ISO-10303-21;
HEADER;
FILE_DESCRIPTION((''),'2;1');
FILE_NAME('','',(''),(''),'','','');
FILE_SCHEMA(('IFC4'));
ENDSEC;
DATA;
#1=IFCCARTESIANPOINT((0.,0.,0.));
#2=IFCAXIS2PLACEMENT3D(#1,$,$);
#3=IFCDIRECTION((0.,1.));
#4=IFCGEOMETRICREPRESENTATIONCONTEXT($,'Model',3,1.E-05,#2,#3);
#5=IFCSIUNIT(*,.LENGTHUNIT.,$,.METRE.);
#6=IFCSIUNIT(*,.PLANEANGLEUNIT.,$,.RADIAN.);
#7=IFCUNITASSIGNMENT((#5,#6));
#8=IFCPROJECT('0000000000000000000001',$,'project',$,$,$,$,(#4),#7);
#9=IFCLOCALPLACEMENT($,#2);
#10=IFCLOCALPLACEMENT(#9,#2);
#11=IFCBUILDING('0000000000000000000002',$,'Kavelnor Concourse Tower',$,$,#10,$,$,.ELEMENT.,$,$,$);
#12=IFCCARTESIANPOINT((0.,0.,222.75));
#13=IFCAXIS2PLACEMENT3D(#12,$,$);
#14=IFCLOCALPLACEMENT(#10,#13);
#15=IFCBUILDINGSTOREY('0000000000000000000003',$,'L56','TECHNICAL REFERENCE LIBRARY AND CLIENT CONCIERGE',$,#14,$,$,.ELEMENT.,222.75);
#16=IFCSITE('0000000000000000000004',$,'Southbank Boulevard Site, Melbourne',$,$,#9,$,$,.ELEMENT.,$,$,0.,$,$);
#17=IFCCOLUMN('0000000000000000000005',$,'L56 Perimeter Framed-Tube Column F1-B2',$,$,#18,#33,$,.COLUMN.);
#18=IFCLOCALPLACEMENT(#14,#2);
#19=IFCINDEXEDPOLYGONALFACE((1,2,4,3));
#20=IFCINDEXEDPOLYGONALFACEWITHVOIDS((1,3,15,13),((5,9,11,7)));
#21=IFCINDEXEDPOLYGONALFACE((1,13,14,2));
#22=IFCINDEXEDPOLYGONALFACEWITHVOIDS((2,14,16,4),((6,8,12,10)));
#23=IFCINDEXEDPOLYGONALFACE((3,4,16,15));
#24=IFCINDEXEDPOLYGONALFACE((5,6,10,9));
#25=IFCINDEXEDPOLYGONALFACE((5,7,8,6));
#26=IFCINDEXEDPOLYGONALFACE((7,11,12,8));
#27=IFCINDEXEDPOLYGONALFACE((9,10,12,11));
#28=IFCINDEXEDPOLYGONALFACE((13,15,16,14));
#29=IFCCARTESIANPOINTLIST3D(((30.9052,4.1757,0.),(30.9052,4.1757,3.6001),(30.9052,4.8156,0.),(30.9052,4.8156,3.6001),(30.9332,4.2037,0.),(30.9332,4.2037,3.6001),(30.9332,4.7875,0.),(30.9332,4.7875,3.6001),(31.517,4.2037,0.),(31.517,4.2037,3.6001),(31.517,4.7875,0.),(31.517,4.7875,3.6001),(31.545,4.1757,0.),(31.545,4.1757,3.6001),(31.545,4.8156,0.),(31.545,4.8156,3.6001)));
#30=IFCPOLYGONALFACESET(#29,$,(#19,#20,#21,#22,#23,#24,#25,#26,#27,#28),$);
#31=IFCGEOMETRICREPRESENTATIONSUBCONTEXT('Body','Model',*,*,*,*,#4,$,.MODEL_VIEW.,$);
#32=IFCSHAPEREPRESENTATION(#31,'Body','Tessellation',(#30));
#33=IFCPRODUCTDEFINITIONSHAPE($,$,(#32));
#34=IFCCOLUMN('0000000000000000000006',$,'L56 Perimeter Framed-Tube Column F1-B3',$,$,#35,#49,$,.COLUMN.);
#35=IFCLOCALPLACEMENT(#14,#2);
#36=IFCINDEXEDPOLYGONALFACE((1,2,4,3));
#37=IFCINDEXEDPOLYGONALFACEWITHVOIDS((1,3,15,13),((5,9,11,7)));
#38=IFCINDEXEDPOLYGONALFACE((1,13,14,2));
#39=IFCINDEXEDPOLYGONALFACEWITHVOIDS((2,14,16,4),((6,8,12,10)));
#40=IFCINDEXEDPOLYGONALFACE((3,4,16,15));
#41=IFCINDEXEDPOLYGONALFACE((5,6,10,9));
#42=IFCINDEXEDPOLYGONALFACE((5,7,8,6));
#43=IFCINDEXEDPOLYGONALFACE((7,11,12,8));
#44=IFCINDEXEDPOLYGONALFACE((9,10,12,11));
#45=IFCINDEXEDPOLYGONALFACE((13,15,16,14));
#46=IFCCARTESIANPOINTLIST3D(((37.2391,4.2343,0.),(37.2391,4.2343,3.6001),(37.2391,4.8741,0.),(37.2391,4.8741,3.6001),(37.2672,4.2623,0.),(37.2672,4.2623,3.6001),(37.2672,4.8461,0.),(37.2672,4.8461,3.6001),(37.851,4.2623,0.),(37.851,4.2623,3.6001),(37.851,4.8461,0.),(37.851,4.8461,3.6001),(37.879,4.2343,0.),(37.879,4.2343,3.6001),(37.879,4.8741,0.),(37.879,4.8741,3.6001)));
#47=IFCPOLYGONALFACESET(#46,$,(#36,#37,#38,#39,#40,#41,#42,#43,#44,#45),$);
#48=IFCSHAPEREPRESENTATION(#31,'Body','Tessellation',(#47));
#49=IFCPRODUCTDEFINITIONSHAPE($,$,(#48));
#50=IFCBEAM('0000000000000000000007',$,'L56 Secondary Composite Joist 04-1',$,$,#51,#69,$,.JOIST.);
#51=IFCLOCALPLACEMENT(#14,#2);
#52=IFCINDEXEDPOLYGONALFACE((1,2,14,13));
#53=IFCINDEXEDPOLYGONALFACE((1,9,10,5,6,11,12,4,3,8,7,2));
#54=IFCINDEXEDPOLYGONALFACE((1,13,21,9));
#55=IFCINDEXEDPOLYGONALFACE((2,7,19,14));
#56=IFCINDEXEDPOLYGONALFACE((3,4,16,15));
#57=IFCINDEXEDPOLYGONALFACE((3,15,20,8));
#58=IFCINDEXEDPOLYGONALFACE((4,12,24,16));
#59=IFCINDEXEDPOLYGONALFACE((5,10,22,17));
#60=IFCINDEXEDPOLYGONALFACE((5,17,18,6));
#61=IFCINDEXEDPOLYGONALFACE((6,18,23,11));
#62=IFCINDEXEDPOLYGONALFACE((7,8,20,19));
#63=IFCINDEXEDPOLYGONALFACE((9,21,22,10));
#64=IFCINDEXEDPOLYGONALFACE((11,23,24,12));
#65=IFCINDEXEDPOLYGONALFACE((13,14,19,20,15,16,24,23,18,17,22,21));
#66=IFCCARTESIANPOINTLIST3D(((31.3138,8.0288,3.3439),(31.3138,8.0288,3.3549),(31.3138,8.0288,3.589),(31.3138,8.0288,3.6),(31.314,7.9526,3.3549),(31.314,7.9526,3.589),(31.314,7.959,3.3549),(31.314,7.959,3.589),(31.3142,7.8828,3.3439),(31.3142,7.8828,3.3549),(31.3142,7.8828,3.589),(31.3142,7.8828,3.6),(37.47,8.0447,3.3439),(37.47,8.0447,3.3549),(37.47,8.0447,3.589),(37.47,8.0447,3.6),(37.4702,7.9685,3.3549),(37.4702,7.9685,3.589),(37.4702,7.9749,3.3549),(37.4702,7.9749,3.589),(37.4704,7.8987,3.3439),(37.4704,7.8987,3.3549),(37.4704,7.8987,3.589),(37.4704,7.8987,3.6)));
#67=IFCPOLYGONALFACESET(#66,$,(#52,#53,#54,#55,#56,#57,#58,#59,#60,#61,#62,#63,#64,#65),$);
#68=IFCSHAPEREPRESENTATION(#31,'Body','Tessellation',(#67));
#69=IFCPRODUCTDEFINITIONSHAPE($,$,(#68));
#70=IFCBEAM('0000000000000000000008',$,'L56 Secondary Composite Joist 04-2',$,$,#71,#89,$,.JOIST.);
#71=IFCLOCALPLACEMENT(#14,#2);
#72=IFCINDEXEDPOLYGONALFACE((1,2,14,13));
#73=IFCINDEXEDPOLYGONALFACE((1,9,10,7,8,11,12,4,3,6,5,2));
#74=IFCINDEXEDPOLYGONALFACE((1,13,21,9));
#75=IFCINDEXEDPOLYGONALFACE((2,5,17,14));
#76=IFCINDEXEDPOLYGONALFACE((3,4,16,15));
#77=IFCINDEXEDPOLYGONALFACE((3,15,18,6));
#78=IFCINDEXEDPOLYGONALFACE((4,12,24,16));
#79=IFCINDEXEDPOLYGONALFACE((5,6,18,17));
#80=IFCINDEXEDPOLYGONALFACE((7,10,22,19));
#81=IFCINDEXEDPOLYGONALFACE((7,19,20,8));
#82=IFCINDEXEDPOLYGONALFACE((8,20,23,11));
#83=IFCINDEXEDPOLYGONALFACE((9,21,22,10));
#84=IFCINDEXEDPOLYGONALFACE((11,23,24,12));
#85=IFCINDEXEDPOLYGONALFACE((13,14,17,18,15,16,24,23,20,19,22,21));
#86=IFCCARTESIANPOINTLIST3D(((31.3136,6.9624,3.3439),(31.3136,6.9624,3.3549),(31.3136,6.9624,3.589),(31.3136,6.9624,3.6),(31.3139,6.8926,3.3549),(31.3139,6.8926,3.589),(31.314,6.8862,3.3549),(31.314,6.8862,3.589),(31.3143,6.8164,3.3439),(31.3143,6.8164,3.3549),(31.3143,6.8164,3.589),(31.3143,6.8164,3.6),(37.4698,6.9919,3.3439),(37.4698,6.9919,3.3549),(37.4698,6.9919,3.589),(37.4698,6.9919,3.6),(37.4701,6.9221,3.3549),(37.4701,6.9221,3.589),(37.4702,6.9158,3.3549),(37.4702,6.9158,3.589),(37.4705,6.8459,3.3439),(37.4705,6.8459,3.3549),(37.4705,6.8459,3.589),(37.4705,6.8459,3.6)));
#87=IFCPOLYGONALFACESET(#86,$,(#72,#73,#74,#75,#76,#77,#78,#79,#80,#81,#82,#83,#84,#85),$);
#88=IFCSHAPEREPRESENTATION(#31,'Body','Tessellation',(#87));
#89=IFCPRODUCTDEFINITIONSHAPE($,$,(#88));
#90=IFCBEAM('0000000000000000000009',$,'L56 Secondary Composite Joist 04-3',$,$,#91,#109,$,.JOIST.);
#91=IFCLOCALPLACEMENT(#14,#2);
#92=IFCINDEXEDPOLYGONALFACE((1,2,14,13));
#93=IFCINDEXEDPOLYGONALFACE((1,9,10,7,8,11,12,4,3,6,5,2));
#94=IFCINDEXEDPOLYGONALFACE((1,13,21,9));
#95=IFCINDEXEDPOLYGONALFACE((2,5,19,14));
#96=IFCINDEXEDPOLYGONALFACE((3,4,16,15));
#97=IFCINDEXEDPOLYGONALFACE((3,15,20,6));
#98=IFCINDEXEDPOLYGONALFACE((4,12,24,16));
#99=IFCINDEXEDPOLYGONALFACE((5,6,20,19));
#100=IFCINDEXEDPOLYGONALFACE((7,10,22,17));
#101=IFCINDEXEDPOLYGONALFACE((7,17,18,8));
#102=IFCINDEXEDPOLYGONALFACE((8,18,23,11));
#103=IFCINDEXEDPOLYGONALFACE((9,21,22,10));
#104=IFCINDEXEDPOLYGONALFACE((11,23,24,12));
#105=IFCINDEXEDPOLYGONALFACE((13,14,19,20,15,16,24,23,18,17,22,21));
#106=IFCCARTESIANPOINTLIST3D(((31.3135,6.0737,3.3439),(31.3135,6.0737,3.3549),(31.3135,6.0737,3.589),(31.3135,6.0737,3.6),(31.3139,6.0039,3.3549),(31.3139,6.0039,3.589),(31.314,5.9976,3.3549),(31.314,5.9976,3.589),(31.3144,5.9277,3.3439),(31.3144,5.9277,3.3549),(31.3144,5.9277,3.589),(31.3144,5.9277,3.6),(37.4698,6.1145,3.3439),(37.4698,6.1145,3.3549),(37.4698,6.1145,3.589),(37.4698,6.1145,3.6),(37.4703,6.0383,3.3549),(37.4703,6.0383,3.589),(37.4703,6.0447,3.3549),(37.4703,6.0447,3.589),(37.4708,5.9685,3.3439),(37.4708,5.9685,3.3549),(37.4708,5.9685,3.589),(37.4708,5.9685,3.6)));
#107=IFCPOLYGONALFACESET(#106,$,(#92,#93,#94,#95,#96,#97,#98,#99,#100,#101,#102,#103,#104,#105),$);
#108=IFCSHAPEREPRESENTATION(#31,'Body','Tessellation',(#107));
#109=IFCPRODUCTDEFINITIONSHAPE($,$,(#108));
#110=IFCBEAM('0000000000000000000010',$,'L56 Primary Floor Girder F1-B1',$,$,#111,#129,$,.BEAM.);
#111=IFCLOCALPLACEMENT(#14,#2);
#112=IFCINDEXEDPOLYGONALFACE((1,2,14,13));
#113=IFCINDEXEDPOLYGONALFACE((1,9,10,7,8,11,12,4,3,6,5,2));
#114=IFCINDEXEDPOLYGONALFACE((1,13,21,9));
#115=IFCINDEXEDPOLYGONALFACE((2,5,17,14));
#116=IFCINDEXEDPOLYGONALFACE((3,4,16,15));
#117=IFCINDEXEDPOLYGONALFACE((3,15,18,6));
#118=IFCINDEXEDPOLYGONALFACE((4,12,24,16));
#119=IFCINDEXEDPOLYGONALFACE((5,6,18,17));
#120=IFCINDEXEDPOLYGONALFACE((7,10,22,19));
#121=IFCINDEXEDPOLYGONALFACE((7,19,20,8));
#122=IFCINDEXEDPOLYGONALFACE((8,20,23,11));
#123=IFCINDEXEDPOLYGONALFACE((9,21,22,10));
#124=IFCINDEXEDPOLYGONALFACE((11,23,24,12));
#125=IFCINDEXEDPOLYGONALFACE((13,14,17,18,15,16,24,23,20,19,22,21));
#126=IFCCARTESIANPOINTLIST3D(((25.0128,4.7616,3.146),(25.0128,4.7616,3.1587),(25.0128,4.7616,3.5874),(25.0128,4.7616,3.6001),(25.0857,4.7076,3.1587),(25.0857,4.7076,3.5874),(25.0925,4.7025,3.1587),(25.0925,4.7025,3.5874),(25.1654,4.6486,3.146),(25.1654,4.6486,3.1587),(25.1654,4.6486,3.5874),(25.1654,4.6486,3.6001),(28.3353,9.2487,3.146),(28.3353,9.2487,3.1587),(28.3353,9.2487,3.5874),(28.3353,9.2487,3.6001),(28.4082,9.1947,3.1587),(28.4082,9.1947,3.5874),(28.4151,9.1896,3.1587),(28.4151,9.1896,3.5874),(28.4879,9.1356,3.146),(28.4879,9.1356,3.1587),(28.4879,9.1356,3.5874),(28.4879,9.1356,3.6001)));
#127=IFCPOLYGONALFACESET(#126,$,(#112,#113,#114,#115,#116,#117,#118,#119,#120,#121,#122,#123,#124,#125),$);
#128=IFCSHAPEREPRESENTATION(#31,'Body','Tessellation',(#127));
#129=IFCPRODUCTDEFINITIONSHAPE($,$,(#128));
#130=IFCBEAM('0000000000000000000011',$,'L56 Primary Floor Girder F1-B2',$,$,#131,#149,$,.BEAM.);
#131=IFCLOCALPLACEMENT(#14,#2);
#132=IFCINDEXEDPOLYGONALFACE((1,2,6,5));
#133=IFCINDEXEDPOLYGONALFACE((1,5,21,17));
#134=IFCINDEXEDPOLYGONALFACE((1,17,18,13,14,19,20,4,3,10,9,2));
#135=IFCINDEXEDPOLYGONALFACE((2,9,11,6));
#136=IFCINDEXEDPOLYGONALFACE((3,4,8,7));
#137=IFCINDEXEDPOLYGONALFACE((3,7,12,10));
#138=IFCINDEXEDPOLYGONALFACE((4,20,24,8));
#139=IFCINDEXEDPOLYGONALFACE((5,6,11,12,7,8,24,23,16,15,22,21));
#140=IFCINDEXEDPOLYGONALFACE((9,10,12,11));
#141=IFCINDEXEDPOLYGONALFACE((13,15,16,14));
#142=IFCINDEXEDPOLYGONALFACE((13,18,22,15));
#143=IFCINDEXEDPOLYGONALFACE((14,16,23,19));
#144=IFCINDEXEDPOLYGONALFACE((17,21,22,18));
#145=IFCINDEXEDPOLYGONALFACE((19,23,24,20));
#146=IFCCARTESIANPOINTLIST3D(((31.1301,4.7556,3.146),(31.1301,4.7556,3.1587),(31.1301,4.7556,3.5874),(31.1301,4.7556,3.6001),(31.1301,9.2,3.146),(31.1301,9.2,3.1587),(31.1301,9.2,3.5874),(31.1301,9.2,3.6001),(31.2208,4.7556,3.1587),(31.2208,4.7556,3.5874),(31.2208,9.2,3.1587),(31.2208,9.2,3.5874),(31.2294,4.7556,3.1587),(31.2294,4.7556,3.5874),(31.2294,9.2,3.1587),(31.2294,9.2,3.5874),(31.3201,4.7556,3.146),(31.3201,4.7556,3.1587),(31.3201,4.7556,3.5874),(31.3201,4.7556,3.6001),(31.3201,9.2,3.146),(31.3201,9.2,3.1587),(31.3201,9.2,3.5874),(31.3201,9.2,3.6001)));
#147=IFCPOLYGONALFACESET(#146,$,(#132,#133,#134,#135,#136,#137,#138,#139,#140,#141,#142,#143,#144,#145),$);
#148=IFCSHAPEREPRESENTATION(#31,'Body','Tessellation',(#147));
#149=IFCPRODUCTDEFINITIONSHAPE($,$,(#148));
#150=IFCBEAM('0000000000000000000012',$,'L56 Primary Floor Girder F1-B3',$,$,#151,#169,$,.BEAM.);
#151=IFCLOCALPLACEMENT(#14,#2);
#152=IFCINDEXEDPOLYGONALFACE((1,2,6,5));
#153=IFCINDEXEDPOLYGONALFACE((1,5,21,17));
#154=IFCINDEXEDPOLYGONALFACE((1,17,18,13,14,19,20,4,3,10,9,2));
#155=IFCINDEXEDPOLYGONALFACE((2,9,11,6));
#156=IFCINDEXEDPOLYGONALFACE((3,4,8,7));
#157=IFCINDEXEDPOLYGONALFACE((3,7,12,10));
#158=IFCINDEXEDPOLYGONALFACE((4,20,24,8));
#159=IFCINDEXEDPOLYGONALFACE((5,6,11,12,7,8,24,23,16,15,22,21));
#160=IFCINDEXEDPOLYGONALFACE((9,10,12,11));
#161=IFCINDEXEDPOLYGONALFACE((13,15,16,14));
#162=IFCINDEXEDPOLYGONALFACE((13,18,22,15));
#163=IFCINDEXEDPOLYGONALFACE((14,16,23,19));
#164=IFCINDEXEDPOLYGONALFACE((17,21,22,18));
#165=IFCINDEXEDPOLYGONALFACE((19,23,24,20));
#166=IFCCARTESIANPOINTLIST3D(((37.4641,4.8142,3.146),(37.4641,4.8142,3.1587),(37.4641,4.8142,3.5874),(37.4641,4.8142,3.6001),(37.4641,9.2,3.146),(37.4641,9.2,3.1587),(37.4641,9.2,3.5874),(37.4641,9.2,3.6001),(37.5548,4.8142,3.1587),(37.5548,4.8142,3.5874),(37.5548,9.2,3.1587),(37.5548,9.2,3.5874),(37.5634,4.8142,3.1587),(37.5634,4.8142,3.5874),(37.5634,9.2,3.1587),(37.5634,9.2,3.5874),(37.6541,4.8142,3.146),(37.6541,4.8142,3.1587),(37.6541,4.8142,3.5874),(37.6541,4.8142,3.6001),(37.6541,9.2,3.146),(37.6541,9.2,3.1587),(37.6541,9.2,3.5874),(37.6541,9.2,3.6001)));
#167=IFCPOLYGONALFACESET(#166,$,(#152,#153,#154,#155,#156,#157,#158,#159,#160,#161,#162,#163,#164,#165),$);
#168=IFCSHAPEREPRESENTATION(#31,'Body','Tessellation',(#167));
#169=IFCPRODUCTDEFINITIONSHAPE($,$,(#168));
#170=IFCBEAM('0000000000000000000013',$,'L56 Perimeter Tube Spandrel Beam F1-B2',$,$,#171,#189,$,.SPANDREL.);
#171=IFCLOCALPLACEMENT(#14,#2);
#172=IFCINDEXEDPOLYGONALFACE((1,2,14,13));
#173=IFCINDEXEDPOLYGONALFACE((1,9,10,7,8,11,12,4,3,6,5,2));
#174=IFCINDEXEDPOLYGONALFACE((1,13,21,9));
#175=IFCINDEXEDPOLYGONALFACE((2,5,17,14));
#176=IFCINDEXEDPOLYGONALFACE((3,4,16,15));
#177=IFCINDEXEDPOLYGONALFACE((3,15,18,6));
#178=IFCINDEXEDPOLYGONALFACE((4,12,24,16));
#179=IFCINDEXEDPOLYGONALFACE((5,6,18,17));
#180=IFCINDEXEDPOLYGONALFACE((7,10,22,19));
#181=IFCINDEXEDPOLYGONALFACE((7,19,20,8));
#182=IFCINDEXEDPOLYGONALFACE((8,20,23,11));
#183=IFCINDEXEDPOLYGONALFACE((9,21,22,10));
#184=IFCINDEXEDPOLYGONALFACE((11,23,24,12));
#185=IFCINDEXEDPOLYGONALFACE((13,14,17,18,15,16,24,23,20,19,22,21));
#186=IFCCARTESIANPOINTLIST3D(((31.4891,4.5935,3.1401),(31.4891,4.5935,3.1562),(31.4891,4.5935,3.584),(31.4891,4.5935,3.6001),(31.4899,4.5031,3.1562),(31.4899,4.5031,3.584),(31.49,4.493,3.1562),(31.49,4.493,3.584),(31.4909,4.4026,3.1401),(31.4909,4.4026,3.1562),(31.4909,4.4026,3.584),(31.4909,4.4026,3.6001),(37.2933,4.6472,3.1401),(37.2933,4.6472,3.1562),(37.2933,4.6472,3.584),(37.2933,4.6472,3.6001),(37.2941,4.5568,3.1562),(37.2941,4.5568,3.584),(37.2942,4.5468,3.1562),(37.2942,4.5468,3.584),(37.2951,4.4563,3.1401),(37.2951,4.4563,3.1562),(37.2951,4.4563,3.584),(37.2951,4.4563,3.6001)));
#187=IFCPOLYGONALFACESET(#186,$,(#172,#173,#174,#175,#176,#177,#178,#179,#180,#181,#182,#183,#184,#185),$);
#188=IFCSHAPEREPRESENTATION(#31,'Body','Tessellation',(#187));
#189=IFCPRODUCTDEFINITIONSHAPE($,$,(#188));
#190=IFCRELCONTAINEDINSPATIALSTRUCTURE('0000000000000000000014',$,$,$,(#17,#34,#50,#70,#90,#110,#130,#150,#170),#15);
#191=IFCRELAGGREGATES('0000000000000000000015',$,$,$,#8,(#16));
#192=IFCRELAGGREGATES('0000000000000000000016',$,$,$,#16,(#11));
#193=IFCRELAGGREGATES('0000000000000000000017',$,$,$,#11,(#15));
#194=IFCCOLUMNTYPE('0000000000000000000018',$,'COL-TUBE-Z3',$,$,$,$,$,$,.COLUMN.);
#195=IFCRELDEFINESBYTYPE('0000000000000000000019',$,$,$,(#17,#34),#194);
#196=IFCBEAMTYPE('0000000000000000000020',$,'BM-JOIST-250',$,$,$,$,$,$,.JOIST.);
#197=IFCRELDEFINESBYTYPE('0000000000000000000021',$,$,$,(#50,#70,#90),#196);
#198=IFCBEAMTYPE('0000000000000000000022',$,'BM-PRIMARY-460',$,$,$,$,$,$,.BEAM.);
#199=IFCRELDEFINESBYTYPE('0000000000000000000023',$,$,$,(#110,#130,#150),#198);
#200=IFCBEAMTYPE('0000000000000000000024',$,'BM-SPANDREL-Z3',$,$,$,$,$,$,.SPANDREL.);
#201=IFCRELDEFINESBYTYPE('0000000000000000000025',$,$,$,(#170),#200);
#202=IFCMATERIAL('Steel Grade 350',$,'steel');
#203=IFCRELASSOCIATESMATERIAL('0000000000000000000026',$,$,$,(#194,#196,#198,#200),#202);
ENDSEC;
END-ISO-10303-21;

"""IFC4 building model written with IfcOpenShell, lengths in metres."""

from ifc_helpers import new_model, si_unit, direction, frame, origin, origin_2d, place, context, subcontext, project, spatial, hollow_rectangle, i_section, extrude, material, material_profile, profile_set, type_object, element, save


model = new_model("IFC4")

# Units and contexts
model_context = context("Model", 3, precision=1e-05, world=origin(), true_north=direction((0.0, 1.0)))
body_context = subcontext(model_context, "Body", "Model", "MODEL_VIEW")
ifc_project = project(units=[si_unit("LENGTHUNIT", "METRE"), si_unit("PLANEANGLEUNIT", "RADIAN")], contexts=[model_context])

# Site, building, storey
site_placement = place(None, origin())
site = spatial("IfcSite", under=ifc_project, at=site_placement, Name="Southbank Boulevard Site, Melbourne", CompositionType="ELEMENT", RefElevation=0.0)
building_placement = place(site_placement, origin())
building = spatial("IfcBuilding", under=site, at=building_placement, Name="Kavelnor Concourse Tower", CompositionType="ELEMENT")
storey_placement = place(building_placement, frame((0.0, 0.0, 222.75)))
storey = spatial("IfcBuildingStorey", under=building, at=storey_placement, Name="L56", Description="TECHNICAL REFERENCE LIBRARY AND CLIENT CONCIERGE", CompositionType="ELEMENT", Elevation=222.75)

# Columns
ifc_material_1 = material(Name="Steel Grade 350", Category="steel")
ifc_material_profile_1 = material_profile(ifc_material_1, hollow_rectangle(XDim=0.6399, YDim=0.6399, WallThickness=0.0281, at=origin_2d()), Name="SHS 640x640x28")
ifc_profile_set_1 = profile_set([ifc_material_profile_1], Name="Steel Grade 350")
column_type = type_object("IfcColumnType", Name="COL-TUBE-Z3", PredefinedType="COLUMN", material=ifc_profile_set_1)
for number, where, z_axis, x_axis, name in (
    (1, (31.2251, 4.4956, 0.0), (0.0, 0.0, 1.0), (1.0, 0.0, 0.0), "L56 Perimeter Framed-Tube Column F1-B2"),
    (2, (37.5591, 4.5542, 0.0), (0.0, 0.0, 1.0), (1.0, 0.0, 0.0), "L56 Perimeter Framed-Tube Column F1-B3"),
):
    element("IfcColumn", number, at=place(storey_placement, frame(where, z_axis=z_axis, x_axis=x_axis)), inside=storey, type_object=column_type, Name=name, PredefinedType="COLUMN", context=body_context, shape_type="SweptSolid", body=[
        extrude(hollow_rectangle(XDim=0.6399, YDim=0.6399, WallThickness=0.0281, at=origin_2d()), origin(), (0.0, 0.0, 1.0), 3.6001),
    ])

# Beams
ifc_material_profile_2 = material_profile(ifc_material_1, i_section(OverallWidth=0.146, OverallDepth=0.2561, WebThickness=0.0063, FlangeThickness=0.011, at=origin_2d()), Name="250UB37")
ifc_profile_set_2 = profile_set([ifc_material_profile_2], Name="Steel Grade 350")
beam_type_1 = type_object("IfcBeamType", Name="BM-JOIST-250", PredefinedType="JOIST", material=ifc_profile_set_2)
for number, where, z_axis, x_axis, name in (
    (3, (31.314, 7.9558, 3.4719), (0.999997, 0.002578, 0.0), (-0.002578, 0.999997, 0.0), "L56 Secondary Composite Joist 04-1"),
    (4, (31.314, 6.8894, 3.4719), (0.999988, 0.004798, 0.0), (-0.004798, 0.999988, 0.0), "L56 Secondary Composite Joist 04-2"),
):
    element("IfcBeam", number, at=place(storey_placement, frame(where, z_axis=z_axis, x_axis=x_axis)), inside=storey, type_object=beam_type_1, Name=name, PredefinedType="JOIST", context=body_context, shape_type="SweptSolid", body=[
        extrude(i_section(OverallWidth=0.146, OverallDepth=0.2561, WebThickness=0.0063, FlangeThickness=0.011, at=origin_2d()), origin(), (0.0, 0.0, 1.0), 6.1562),
    ])
beam_1_placement = place(storey_placement, frame((31.314, 6.0007, 3.4719), z_axis=(0.999978, 0.006623, 0.0), x_axis=(-0.006623, 0.999978, 0.0)))
element("IfcBeam", 5, at=beam_1_placement, inside=storey, type_object=beam_type_1, Name="L56 Secondary Composite Joist 04-3", PredefinedType="JOIST", context=body_context, shape_type="SweptSolid", body=[
    extrude(i_section(OverallWidth=0.146, OverallDepth=0.2561, WebThickness=0.0063, FlangeThickness=0.011, at=origin_2d()), origin(), (0.0, 0.0, 1.0), 6.1565),
])
ifc_material_profile_3 = material_profile(ifc_material_1, i_section(OverallWidth=0.1899, OverallDepth=0.4541, WebThickness=0.0085, FlangeThickness=0.0127, at=origin_2d()), Name="460UB67")
ifc_profile_set_3 = profile_set([ifc_material_profile_3], Name="Steel Grade 350")
beam_type_2 = type_object("IfcBeamType", Name="BM-PRIMARY-460", PredefinedType="BEAM", material=ifc_profile_set_3)
beam_2_placement = place(storey_placement, frame((28.4116, 9.1921, 3.373), z_axis=(-0.595084, -0.803663, 0.0), x_axis=(0.803663, -0.595084, 0.0)))
element("IfcBeam", 6, at=beam_2_placement, inside=storey, type_object=beam_type_2, Name="L56 Primary Floor Girder F1-B1", PredefinedType="BEAM", context=body_context, shape_type="SweptSolid", body=[
    extrude(i_section(OverallWidth=0.1899, OverallDepth=0.4541, WebThickness=0.0085, FlangeThickness=0.0127, at=origin_2d()), origin(), (0.0, 0.0, 1.0), 5.5833),
])
beam_3_placement = place(storey_placement, frame((31.2251, 9.2, 3.373), z_axis=(0.0, -1.0, 0.0), x_axis=(1.0, 0.0, 0.0)))
element("IfcBeam", 7, at=beam_3_placement, inside=storey, type_object=beam_type_2, Name="L56 Primary Floor Girder F1-B2", PredefinedType="BEAM", context=body_context, shape_type="SweptSolid", body=[
    extrude(i_section(OverallWidth=0.1899, OverallDepth=0.4541, WebThickness=0.0085, FlangeThickness=0.0127, at=origin_2d()), origin(), (0.0, 0.0, 1.0), 4.4443),
])
beam_4_placement = place(storey_placement, frame((37.5591, 9.2, 3.373), z_axis=(0.0, -1.0, 0.0), x_axis=(1.0, 0.0, 0.0)))
element("IfcBeam", 8, at=beam_4_placement, inside=storey, type_object=beam_type_2, Name="L56 Primary Floor Girder F1-B3", PredefinedType="BEAM", context=body_context, shape_type="SweptSolid", body=[
    extrude(i_section(OverallWidth=0.1899, OverallDepth=0.4541, WebThickness=0.0085, FlangeThickness=0.0127, at=origin_2d()), origin(), (0.0, 0.0, 1.0), 4.3857),
])
ifc_material_profile_4 = material_profile(ifc_material_1, i_section(OverallWidth=0.1909, OverallDepth=0.46, WebThickness=0.01, FlangeThickness=0.0161, at=origin_2d()), Name="460UB82")
ifc_profile_set_4 = profile_set([ifc_material_profile_4], Name="Steel Grade 350")
beam_type_3 = type_object("IfcBeamType", Name="BM-SPANDREL-Z3", PredefinedType="SPANDREL", material=ifc_profile_set_4)
beam_5_placement = place(storey_placement, frame((31.49, 4.498, 3.3701), z_axis=(0.999957, 0.009253, 0.0), x_axis=(-0.009253, 0.999957, 0.0)))
element("IfcBeam", 9, at=beam_5_placement, inside=storey, type_object=beam_type_3, Name="L56 Perimeter Tube Spandrel Beam F1-B2", PredefinedType="SPANDREL", context=body_context, shape_type="SweptSolid", body=[
    extrude(i_section(OverallWidth=0.1909, OverallDepth=0.46, WebThickness=0.01, FlangeThickness=0.0161, at=origin_2d()), origin(), (0.0, 0.0, 1.0), 5.8044),
])

save(model, "model.ifc")
